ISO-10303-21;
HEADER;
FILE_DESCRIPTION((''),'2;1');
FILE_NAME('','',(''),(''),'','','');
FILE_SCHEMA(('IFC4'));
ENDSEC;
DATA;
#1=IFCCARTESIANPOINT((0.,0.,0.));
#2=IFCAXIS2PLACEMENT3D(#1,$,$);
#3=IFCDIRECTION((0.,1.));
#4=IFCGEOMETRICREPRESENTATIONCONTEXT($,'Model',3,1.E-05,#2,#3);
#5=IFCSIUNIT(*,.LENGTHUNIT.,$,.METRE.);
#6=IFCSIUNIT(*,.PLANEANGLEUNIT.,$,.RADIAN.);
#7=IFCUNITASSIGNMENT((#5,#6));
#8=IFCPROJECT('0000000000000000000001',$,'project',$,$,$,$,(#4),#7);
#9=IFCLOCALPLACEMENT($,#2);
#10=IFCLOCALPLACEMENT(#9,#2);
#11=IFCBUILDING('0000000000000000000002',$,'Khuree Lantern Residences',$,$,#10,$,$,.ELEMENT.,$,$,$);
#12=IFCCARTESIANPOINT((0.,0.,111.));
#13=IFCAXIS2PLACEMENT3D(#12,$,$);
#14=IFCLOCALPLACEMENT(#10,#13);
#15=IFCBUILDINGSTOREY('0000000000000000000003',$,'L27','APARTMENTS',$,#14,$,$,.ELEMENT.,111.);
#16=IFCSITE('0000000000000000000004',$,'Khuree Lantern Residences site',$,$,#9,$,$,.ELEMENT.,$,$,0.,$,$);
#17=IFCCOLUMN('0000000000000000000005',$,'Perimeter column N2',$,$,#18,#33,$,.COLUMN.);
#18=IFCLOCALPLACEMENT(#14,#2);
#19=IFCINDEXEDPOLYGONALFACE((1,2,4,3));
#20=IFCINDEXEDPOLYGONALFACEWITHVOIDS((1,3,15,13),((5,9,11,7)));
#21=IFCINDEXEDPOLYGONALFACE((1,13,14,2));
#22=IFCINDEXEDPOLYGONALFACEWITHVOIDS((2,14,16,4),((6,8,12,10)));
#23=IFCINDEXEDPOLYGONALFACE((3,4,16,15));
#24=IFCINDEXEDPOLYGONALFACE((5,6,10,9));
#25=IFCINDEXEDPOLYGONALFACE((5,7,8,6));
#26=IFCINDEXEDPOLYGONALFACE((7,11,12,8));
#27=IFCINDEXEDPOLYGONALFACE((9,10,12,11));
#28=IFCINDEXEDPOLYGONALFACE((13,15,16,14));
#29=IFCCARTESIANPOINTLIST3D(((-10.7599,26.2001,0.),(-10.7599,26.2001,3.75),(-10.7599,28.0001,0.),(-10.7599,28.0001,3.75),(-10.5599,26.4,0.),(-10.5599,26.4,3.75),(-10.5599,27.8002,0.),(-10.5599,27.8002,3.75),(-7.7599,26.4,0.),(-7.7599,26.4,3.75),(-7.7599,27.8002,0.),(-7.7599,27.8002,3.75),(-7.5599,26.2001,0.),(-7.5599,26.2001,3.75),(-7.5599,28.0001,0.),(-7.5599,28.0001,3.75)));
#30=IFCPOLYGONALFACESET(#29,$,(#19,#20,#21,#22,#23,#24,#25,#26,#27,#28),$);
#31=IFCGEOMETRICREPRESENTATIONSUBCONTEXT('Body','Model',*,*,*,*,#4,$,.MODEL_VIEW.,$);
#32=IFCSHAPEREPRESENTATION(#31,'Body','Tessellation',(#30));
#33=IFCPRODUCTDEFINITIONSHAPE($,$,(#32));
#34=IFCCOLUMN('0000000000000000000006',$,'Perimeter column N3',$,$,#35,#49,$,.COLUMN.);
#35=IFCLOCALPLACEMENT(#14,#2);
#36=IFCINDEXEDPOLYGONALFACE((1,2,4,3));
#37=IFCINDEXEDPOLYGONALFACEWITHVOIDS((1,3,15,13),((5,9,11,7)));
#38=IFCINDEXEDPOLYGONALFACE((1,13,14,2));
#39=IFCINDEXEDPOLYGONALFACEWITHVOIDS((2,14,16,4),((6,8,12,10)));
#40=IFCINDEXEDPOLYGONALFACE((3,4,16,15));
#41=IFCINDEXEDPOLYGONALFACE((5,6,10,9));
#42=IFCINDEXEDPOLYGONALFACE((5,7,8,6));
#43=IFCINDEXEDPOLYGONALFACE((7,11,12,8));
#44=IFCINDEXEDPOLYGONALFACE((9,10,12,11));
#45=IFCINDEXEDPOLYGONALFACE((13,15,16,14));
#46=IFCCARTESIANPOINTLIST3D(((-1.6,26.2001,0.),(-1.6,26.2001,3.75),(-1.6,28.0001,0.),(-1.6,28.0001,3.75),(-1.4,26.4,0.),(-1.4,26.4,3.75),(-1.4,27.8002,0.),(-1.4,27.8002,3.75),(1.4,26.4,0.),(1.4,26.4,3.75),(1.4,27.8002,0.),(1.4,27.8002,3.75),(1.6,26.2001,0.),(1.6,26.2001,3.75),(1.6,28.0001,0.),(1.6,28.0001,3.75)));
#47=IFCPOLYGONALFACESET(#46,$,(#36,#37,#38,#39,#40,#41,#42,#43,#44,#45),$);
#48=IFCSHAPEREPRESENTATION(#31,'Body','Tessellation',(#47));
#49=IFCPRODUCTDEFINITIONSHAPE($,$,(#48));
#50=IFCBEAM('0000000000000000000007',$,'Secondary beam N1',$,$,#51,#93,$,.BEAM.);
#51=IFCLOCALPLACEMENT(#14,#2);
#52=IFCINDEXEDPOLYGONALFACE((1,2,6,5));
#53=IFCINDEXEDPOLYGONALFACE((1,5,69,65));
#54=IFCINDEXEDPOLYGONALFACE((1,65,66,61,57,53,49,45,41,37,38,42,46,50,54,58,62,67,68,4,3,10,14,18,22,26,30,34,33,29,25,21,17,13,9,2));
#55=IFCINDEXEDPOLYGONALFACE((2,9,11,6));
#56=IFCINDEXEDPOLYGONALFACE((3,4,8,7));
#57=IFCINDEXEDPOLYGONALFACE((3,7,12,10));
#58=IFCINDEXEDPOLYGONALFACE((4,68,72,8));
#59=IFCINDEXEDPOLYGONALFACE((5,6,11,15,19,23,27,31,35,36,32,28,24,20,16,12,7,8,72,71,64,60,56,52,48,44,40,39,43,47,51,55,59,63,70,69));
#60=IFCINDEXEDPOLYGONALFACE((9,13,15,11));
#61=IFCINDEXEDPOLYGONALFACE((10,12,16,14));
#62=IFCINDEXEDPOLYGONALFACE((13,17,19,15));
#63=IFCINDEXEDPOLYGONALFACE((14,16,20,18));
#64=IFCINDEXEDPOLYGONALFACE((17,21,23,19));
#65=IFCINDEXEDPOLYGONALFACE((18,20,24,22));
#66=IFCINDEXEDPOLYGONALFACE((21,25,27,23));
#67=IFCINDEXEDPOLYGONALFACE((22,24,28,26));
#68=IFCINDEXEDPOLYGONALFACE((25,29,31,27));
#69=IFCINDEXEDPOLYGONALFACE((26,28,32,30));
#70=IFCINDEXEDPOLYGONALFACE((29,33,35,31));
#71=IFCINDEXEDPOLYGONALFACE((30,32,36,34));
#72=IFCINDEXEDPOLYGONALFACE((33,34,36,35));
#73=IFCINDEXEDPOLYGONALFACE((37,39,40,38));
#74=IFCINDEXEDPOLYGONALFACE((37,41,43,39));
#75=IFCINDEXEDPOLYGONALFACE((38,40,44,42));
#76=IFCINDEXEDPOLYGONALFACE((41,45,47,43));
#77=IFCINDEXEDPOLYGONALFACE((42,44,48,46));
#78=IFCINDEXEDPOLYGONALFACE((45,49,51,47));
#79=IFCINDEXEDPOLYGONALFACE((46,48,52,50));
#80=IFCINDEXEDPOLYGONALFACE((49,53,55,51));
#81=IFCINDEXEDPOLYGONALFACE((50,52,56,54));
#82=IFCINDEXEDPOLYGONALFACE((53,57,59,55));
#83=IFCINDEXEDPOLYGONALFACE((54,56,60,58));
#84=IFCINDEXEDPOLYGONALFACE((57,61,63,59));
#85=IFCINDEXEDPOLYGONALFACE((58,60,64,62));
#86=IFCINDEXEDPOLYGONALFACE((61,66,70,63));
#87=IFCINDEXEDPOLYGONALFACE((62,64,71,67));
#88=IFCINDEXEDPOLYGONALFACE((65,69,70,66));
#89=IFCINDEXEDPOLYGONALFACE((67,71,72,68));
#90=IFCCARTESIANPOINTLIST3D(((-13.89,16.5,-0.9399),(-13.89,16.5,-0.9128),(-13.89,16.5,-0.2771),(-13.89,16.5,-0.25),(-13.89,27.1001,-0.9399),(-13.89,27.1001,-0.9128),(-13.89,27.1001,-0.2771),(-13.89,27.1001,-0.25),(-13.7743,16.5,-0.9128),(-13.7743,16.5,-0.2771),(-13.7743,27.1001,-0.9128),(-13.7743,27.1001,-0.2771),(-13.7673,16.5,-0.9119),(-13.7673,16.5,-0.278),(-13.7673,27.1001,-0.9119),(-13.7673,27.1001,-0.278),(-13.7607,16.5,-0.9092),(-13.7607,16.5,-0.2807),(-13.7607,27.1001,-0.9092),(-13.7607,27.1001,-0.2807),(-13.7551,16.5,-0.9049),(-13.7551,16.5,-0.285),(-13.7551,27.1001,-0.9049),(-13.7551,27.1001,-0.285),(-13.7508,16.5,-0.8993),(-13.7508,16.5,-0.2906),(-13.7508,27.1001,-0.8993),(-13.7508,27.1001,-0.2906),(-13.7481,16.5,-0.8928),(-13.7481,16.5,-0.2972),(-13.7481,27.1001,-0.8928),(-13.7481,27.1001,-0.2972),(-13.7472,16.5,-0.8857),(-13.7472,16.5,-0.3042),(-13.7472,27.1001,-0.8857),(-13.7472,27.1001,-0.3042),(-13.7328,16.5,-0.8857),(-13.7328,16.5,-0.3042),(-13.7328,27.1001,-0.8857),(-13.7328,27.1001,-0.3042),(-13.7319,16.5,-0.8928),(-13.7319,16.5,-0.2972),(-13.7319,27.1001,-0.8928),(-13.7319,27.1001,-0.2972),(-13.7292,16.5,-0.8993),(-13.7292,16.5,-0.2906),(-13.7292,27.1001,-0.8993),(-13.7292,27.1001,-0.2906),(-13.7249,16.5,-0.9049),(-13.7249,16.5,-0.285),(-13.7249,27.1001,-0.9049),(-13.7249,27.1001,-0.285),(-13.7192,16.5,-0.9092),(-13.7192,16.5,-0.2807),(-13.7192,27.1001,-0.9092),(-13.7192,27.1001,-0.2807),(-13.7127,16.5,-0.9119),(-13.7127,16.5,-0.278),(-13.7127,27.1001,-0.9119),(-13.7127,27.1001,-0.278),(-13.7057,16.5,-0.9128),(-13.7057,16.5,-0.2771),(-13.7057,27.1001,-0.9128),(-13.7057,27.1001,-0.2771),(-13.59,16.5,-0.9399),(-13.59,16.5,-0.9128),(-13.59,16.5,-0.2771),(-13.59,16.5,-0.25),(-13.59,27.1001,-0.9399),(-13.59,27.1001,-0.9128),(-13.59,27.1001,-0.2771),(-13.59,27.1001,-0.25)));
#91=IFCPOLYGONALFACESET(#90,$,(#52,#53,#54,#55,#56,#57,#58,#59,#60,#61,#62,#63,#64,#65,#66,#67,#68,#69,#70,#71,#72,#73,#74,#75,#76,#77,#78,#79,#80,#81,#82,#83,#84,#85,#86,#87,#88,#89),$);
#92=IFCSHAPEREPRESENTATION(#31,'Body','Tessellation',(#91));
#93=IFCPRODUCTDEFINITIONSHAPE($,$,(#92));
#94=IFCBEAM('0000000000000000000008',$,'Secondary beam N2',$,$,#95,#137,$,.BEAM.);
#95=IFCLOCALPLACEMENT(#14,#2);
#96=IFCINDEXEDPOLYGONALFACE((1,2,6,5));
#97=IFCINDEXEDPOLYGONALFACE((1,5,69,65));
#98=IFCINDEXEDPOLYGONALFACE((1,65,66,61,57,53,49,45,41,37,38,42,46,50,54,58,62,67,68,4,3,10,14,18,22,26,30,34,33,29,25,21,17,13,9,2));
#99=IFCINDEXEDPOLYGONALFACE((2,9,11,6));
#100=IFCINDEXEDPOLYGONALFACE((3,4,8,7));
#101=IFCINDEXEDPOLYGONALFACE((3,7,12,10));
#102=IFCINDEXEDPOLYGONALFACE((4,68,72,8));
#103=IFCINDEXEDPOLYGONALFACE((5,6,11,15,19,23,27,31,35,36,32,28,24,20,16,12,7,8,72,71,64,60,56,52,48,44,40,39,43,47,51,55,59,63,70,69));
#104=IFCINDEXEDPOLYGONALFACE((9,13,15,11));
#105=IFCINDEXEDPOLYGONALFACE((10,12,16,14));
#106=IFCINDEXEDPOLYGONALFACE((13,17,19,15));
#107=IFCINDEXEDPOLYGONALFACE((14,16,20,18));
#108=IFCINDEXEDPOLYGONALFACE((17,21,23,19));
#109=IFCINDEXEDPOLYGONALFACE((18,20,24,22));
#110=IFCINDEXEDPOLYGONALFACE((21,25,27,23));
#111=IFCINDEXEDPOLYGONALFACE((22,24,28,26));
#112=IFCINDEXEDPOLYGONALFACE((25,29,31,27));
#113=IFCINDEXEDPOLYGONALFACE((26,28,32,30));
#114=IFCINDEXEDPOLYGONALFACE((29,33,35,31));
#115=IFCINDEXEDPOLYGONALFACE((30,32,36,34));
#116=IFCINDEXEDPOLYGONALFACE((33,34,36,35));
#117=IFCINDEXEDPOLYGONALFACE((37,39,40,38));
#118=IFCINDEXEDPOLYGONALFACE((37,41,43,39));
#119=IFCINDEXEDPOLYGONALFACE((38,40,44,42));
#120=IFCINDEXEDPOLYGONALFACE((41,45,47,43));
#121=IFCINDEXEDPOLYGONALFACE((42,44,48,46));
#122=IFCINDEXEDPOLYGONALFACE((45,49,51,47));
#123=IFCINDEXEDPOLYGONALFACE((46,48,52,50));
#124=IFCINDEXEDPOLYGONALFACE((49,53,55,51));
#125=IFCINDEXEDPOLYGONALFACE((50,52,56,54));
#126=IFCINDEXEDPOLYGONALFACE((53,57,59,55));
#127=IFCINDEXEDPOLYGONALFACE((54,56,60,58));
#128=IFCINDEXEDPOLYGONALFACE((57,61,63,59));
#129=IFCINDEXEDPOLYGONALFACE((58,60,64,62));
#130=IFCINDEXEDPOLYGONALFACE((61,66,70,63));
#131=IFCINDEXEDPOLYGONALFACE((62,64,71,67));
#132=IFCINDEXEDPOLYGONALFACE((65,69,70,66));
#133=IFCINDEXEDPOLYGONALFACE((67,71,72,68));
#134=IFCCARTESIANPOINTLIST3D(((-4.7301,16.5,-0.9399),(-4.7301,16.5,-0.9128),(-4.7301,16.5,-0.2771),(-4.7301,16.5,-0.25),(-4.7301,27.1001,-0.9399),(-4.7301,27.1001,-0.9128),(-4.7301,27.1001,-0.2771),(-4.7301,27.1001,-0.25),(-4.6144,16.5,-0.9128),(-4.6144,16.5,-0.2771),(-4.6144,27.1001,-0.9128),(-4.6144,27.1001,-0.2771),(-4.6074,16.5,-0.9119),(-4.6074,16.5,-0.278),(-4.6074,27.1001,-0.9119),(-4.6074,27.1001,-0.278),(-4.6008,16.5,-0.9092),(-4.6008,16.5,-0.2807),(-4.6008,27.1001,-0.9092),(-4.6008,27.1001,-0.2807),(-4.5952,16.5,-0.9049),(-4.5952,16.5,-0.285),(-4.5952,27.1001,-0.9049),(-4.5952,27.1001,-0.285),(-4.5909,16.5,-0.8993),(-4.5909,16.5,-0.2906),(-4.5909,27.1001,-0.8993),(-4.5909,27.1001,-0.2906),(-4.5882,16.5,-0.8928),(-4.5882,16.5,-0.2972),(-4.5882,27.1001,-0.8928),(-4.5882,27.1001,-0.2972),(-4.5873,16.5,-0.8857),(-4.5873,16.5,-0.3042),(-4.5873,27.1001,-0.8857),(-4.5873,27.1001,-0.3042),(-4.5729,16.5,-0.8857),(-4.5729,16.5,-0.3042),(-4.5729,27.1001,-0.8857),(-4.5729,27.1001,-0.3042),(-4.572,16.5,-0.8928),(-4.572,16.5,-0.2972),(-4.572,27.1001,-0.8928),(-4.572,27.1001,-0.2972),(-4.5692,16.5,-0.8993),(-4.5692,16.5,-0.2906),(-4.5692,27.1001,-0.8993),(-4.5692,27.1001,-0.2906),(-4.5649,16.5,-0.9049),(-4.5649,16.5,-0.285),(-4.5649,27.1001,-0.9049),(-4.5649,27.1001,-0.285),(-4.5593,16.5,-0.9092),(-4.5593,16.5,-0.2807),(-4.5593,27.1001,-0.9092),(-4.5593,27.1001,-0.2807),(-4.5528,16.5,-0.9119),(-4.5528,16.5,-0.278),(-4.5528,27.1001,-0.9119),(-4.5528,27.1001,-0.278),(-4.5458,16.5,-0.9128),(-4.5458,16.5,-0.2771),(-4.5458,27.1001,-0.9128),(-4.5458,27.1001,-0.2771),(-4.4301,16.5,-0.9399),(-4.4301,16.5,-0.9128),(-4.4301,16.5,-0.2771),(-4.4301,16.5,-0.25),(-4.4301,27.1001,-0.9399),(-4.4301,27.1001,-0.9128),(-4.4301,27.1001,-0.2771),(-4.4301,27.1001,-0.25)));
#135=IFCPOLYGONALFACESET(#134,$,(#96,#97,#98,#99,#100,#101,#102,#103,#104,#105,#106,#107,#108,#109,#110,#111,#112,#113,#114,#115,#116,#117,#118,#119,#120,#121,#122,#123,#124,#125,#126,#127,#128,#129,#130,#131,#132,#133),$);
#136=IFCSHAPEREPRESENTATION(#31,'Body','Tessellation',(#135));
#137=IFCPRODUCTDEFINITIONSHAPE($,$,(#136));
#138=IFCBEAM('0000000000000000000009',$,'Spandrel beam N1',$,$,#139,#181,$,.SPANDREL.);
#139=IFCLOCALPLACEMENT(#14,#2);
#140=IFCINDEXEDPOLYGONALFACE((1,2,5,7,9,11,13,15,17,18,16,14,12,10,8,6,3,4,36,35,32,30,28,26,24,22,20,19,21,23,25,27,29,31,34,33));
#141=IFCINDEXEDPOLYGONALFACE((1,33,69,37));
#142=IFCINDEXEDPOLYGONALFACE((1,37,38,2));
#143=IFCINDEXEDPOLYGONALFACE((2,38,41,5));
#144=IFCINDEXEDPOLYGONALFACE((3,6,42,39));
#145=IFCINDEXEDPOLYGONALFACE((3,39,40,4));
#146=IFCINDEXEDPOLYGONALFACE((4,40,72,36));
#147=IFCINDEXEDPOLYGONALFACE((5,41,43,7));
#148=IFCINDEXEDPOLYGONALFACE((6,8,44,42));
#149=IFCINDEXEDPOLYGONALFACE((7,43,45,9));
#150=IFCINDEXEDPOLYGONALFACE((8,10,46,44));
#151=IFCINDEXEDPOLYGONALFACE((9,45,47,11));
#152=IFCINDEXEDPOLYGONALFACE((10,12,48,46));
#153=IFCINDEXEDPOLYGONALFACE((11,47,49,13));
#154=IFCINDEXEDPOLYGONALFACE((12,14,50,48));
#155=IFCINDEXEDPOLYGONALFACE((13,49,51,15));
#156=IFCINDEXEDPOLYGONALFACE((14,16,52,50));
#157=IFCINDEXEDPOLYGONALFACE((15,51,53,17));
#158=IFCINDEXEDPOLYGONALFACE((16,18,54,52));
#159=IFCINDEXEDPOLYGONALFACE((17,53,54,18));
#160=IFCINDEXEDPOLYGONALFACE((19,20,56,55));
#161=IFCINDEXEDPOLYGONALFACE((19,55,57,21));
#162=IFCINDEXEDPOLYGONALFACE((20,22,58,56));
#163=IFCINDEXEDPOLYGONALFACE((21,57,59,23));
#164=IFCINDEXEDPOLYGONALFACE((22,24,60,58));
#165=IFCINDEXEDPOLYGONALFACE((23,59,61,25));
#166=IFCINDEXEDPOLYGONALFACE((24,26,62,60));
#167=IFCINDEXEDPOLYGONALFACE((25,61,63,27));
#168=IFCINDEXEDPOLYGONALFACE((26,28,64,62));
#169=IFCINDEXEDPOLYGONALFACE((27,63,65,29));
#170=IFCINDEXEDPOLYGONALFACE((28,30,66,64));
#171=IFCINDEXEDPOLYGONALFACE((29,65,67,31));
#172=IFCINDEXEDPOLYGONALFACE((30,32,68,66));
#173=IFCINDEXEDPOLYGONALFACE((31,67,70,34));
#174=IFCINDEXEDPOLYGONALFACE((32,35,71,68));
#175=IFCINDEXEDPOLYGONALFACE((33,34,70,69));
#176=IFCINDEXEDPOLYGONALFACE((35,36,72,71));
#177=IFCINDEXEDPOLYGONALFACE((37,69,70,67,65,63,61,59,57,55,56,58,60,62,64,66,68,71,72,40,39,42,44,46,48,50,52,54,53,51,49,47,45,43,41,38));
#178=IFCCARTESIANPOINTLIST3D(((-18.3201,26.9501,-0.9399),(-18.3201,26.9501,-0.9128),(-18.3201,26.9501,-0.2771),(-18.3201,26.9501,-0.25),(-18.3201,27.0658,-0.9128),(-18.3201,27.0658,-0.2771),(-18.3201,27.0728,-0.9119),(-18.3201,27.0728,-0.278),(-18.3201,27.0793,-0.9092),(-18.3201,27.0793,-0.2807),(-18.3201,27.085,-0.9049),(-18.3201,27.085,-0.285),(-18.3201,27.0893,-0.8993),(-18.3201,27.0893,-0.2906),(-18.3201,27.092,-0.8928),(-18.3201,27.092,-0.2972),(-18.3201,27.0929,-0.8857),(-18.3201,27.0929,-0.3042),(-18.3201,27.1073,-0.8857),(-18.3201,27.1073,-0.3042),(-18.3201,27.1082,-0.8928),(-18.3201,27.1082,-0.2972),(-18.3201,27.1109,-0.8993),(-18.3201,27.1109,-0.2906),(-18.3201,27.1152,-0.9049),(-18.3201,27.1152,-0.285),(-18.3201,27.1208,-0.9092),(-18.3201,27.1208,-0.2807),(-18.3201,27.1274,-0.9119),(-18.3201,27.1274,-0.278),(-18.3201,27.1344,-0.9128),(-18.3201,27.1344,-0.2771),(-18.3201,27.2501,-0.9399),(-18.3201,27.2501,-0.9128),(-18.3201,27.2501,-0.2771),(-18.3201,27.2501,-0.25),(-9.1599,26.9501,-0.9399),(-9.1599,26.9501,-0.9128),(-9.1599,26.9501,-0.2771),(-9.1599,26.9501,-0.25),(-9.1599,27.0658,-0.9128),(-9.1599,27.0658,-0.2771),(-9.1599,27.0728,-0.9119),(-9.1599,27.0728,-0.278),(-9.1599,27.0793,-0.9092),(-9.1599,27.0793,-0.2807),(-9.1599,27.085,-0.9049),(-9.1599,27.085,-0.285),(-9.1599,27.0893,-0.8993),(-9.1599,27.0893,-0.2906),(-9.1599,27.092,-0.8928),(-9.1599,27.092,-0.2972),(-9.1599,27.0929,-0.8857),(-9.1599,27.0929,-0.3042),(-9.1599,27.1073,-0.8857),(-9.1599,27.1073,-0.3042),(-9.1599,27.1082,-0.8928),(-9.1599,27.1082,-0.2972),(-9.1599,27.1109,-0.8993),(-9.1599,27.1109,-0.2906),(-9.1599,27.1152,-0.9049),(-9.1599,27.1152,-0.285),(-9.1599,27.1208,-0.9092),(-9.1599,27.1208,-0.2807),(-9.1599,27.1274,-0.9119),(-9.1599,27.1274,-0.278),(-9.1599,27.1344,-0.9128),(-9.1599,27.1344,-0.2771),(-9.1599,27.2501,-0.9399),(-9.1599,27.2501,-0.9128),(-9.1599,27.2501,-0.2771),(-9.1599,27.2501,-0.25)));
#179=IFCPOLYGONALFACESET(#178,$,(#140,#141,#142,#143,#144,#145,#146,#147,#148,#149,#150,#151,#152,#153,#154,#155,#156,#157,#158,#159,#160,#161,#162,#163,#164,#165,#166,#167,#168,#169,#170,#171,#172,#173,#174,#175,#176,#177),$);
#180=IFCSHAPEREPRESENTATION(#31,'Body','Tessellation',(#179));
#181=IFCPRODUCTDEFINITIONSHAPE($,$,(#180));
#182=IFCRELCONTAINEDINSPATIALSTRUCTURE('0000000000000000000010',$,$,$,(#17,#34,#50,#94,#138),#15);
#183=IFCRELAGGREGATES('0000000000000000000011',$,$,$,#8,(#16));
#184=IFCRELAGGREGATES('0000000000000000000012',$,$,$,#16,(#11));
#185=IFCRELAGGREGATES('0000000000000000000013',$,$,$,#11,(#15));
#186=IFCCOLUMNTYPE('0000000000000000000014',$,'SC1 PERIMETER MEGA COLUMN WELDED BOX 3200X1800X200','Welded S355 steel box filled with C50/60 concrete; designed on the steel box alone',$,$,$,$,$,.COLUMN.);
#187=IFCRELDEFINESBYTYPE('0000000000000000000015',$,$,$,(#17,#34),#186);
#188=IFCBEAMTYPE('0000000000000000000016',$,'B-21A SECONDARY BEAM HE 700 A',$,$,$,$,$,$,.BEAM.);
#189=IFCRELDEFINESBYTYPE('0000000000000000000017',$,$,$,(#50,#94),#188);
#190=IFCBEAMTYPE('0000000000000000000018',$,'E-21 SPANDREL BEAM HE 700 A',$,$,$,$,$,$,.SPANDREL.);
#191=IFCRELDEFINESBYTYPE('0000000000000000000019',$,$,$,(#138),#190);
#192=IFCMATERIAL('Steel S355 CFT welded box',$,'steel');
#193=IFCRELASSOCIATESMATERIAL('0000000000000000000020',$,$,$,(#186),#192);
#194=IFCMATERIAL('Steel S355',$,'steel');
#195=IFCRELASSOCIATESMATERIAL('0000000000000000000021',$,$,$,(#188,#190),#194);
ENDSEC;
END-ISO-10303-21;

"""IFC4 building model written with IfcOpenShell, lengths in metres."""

from ifc_helpers import new_model, si_unit, direction, frame, origin, origin_2d, place, context, subcontext, project, spatial, hollow_rectangle, i_section, extrude, material, material_profile, profile_set, type_object, element, save


model = new_model("IFC4")

# Units and contexts
model_context = context("Model", 3, precision=1e-05, world=origin(), true_north=direction((0.0, 1.0)))
body_context = subcontext(model_context, "Body", "Model", "MODEL_VIEW")
ifc_project = project(units=[si_unit("LENGTHUNIT", "METRE"), si_unit("PLANEANGLEUNIT", "RADIAN")], contexts=[model_context])

# Site, building, storey
site_placement = place(None, origin())
site = spatial("IfcSite", under=ifc_project, at=site_placement, Name="Khuree Lantern Residences site", CompositionType="ELEMENT", RefElevation=0.0)
building_placement = place(site_placement, origin())
building = spatial("IfcBuilding", under=site, at=building_placement, Name="Khuree Lantern Residences", CompositionType="ELEMENT")
storey_placement = place(building_placement, frame((0.0, 0.0, 111.0)))
storey = spatial("IfcBuildingStorey", under=building, at=storey_placement, Name="L27", Description="APARTMENTS", CompositionType="ELEMENT", Elevation=111.0)

# Columns
ifc_material_1 = material(Name="Steel S355 CFT welded box", Category="steel")
ifc_material_profile_1 = material_profile(ifc_material_1, hollow_rectangle(XDim=3.2, YDim=1.8, WallThickness=0.2, at=origin_2d()), Name="WELDED BOX 3200X1800X200")
ifc_profile_set_1 = profile_set([ifc_material_profile_1], Name="Steel S355 CFT welded box")
column_type = type_object("IfcColumnType", Name="SC1 PERIMETER MEGA COLUMN WELDED BOX 3200X1800X200", Description="Welded S355 steel box filled with C50/60 concrete; designed on the steel box alone", PredefinedType="COLUMN", material=ifc_profile_set_1)
for number, where, z_axis, x_axis, name in (
    (1, (-9.1599, 27.1001, 0.0), (0.0, 0.0, 1.0), (1.0, 0.0, 0.0), "Perimeter column N2"),
    (2, (0.0, 27.1001, 0.0), (0.0, 0.0, 1.0), (1.0, 0.0, 0.0), "Perimeter column N3"),
):
    element("IfcColumn", number, at=place(storey_placement, frame(where, z_axis=z_axis, x_axis=x_axis)), inside=storey, type_object=column_type, Name=name, PredefinedType="COLUMN", context=body_context, shape_type="SweptSolid", body=[
        extrude(hollow_rectangle(XDim=3.2, YDim=1.8, WallThickness=0.2, at=origin_2d()), origin(), (0.0, 0.0, 1.0), 3.75),
    ])

# Beams
ifc_material_2 = material(Name="Steel S355", Category="steel")
ifc_material_profile_2 = material_profile(ifc_material_2, i_section(OverallWidth=0.3, OverallDepth=0.6899, WebThickness=0.0144, FlangeThickness=0.0271, FilletRadius=0.0271, at=origin_2d()), Name="HE 700 A")
ifc_profile_set_2 = profile_set([ifc_material_profile_2], Name="Steel S355")
beam_type_1 = type_object("IfcBeamType", Name="B-21A SECONDARY BEAM HE 700 A", PredefinedType="BEAM", material=ifc_profile_set_2)
for number, where, z_axis, x_axis, name in (
    (3, (-13.74, 27.1001, -0.595), (0.0, -1.0, 0.0), (1.0, 0.0, 0.0), "Secondary beam N1"),
    (4, (-4.5801, 27.1001, -0.595), (0.0, -1.0, 0.0), (1.0, 0.0, 0.0), "Secondary beam N2"),
):
    element("IfcBeam", number, at=place(storey_placement, frame(where, z_axis=z_axis, x_axis=x_axis)), inside=storey, type_object=beam_type_1, Name=name, PredefinedType="BEAM", context=body_context, shape_type="SweptSolid", body=[
        extrude(i_section(OverallWidth=0.3, OverallDepth=0.6899, WebThickness=0.0144, FlangeThickness=0.0271, FilletRadius=0.0271, at=origin_2d()), origin(), (0.0, 0.0, 1.0), 10.6001),
    ])
ifc_material_profile_3 = material_profile(ifc_material_2, i_section(OverallWidth=0.3, OverallDepth=0.6899, WebThickness=0.0144, FlangeThickness=0.0271, FilletRadius=0.0271, at=origin_2d()), Name="HE 700 A")
ifc_profile_set_3 = profile_set([ifc_material_profile_3], Name="Steel S355")
beam_type_2 = type_object("IfcBeamType", Name="E-21 SPANDREL BEAM HE 700 A", PredefinedType="SPANDREL", material=ifc_profile_set_3)
beam_1_placement = place(storey_placement, frame((-18.3201, 27.1001, -0.595), z_axis=(1.0, 0.0, 0.0), x_axis=(0.0, 1.0, 0.0)))
element("IfcBeam", 5, at=beam_1_placement, inside=storey, type_object=beam_type_2, Name="Spandrel beam N1", PredefinedType="SPANDREL", context=body_context, shape_type="SweptSolid", body=[
    extrude(i_section(OverallWidth=0.3, OverallDepth=0.6899, WebThickness=0.0144, FlangeThickness=0.0271, FilletRadius=0.0271, at=origin_2d()), origin(), (0.0, 0.0, 1.0), 9.1602),
])

save(model, "model.ifc")
